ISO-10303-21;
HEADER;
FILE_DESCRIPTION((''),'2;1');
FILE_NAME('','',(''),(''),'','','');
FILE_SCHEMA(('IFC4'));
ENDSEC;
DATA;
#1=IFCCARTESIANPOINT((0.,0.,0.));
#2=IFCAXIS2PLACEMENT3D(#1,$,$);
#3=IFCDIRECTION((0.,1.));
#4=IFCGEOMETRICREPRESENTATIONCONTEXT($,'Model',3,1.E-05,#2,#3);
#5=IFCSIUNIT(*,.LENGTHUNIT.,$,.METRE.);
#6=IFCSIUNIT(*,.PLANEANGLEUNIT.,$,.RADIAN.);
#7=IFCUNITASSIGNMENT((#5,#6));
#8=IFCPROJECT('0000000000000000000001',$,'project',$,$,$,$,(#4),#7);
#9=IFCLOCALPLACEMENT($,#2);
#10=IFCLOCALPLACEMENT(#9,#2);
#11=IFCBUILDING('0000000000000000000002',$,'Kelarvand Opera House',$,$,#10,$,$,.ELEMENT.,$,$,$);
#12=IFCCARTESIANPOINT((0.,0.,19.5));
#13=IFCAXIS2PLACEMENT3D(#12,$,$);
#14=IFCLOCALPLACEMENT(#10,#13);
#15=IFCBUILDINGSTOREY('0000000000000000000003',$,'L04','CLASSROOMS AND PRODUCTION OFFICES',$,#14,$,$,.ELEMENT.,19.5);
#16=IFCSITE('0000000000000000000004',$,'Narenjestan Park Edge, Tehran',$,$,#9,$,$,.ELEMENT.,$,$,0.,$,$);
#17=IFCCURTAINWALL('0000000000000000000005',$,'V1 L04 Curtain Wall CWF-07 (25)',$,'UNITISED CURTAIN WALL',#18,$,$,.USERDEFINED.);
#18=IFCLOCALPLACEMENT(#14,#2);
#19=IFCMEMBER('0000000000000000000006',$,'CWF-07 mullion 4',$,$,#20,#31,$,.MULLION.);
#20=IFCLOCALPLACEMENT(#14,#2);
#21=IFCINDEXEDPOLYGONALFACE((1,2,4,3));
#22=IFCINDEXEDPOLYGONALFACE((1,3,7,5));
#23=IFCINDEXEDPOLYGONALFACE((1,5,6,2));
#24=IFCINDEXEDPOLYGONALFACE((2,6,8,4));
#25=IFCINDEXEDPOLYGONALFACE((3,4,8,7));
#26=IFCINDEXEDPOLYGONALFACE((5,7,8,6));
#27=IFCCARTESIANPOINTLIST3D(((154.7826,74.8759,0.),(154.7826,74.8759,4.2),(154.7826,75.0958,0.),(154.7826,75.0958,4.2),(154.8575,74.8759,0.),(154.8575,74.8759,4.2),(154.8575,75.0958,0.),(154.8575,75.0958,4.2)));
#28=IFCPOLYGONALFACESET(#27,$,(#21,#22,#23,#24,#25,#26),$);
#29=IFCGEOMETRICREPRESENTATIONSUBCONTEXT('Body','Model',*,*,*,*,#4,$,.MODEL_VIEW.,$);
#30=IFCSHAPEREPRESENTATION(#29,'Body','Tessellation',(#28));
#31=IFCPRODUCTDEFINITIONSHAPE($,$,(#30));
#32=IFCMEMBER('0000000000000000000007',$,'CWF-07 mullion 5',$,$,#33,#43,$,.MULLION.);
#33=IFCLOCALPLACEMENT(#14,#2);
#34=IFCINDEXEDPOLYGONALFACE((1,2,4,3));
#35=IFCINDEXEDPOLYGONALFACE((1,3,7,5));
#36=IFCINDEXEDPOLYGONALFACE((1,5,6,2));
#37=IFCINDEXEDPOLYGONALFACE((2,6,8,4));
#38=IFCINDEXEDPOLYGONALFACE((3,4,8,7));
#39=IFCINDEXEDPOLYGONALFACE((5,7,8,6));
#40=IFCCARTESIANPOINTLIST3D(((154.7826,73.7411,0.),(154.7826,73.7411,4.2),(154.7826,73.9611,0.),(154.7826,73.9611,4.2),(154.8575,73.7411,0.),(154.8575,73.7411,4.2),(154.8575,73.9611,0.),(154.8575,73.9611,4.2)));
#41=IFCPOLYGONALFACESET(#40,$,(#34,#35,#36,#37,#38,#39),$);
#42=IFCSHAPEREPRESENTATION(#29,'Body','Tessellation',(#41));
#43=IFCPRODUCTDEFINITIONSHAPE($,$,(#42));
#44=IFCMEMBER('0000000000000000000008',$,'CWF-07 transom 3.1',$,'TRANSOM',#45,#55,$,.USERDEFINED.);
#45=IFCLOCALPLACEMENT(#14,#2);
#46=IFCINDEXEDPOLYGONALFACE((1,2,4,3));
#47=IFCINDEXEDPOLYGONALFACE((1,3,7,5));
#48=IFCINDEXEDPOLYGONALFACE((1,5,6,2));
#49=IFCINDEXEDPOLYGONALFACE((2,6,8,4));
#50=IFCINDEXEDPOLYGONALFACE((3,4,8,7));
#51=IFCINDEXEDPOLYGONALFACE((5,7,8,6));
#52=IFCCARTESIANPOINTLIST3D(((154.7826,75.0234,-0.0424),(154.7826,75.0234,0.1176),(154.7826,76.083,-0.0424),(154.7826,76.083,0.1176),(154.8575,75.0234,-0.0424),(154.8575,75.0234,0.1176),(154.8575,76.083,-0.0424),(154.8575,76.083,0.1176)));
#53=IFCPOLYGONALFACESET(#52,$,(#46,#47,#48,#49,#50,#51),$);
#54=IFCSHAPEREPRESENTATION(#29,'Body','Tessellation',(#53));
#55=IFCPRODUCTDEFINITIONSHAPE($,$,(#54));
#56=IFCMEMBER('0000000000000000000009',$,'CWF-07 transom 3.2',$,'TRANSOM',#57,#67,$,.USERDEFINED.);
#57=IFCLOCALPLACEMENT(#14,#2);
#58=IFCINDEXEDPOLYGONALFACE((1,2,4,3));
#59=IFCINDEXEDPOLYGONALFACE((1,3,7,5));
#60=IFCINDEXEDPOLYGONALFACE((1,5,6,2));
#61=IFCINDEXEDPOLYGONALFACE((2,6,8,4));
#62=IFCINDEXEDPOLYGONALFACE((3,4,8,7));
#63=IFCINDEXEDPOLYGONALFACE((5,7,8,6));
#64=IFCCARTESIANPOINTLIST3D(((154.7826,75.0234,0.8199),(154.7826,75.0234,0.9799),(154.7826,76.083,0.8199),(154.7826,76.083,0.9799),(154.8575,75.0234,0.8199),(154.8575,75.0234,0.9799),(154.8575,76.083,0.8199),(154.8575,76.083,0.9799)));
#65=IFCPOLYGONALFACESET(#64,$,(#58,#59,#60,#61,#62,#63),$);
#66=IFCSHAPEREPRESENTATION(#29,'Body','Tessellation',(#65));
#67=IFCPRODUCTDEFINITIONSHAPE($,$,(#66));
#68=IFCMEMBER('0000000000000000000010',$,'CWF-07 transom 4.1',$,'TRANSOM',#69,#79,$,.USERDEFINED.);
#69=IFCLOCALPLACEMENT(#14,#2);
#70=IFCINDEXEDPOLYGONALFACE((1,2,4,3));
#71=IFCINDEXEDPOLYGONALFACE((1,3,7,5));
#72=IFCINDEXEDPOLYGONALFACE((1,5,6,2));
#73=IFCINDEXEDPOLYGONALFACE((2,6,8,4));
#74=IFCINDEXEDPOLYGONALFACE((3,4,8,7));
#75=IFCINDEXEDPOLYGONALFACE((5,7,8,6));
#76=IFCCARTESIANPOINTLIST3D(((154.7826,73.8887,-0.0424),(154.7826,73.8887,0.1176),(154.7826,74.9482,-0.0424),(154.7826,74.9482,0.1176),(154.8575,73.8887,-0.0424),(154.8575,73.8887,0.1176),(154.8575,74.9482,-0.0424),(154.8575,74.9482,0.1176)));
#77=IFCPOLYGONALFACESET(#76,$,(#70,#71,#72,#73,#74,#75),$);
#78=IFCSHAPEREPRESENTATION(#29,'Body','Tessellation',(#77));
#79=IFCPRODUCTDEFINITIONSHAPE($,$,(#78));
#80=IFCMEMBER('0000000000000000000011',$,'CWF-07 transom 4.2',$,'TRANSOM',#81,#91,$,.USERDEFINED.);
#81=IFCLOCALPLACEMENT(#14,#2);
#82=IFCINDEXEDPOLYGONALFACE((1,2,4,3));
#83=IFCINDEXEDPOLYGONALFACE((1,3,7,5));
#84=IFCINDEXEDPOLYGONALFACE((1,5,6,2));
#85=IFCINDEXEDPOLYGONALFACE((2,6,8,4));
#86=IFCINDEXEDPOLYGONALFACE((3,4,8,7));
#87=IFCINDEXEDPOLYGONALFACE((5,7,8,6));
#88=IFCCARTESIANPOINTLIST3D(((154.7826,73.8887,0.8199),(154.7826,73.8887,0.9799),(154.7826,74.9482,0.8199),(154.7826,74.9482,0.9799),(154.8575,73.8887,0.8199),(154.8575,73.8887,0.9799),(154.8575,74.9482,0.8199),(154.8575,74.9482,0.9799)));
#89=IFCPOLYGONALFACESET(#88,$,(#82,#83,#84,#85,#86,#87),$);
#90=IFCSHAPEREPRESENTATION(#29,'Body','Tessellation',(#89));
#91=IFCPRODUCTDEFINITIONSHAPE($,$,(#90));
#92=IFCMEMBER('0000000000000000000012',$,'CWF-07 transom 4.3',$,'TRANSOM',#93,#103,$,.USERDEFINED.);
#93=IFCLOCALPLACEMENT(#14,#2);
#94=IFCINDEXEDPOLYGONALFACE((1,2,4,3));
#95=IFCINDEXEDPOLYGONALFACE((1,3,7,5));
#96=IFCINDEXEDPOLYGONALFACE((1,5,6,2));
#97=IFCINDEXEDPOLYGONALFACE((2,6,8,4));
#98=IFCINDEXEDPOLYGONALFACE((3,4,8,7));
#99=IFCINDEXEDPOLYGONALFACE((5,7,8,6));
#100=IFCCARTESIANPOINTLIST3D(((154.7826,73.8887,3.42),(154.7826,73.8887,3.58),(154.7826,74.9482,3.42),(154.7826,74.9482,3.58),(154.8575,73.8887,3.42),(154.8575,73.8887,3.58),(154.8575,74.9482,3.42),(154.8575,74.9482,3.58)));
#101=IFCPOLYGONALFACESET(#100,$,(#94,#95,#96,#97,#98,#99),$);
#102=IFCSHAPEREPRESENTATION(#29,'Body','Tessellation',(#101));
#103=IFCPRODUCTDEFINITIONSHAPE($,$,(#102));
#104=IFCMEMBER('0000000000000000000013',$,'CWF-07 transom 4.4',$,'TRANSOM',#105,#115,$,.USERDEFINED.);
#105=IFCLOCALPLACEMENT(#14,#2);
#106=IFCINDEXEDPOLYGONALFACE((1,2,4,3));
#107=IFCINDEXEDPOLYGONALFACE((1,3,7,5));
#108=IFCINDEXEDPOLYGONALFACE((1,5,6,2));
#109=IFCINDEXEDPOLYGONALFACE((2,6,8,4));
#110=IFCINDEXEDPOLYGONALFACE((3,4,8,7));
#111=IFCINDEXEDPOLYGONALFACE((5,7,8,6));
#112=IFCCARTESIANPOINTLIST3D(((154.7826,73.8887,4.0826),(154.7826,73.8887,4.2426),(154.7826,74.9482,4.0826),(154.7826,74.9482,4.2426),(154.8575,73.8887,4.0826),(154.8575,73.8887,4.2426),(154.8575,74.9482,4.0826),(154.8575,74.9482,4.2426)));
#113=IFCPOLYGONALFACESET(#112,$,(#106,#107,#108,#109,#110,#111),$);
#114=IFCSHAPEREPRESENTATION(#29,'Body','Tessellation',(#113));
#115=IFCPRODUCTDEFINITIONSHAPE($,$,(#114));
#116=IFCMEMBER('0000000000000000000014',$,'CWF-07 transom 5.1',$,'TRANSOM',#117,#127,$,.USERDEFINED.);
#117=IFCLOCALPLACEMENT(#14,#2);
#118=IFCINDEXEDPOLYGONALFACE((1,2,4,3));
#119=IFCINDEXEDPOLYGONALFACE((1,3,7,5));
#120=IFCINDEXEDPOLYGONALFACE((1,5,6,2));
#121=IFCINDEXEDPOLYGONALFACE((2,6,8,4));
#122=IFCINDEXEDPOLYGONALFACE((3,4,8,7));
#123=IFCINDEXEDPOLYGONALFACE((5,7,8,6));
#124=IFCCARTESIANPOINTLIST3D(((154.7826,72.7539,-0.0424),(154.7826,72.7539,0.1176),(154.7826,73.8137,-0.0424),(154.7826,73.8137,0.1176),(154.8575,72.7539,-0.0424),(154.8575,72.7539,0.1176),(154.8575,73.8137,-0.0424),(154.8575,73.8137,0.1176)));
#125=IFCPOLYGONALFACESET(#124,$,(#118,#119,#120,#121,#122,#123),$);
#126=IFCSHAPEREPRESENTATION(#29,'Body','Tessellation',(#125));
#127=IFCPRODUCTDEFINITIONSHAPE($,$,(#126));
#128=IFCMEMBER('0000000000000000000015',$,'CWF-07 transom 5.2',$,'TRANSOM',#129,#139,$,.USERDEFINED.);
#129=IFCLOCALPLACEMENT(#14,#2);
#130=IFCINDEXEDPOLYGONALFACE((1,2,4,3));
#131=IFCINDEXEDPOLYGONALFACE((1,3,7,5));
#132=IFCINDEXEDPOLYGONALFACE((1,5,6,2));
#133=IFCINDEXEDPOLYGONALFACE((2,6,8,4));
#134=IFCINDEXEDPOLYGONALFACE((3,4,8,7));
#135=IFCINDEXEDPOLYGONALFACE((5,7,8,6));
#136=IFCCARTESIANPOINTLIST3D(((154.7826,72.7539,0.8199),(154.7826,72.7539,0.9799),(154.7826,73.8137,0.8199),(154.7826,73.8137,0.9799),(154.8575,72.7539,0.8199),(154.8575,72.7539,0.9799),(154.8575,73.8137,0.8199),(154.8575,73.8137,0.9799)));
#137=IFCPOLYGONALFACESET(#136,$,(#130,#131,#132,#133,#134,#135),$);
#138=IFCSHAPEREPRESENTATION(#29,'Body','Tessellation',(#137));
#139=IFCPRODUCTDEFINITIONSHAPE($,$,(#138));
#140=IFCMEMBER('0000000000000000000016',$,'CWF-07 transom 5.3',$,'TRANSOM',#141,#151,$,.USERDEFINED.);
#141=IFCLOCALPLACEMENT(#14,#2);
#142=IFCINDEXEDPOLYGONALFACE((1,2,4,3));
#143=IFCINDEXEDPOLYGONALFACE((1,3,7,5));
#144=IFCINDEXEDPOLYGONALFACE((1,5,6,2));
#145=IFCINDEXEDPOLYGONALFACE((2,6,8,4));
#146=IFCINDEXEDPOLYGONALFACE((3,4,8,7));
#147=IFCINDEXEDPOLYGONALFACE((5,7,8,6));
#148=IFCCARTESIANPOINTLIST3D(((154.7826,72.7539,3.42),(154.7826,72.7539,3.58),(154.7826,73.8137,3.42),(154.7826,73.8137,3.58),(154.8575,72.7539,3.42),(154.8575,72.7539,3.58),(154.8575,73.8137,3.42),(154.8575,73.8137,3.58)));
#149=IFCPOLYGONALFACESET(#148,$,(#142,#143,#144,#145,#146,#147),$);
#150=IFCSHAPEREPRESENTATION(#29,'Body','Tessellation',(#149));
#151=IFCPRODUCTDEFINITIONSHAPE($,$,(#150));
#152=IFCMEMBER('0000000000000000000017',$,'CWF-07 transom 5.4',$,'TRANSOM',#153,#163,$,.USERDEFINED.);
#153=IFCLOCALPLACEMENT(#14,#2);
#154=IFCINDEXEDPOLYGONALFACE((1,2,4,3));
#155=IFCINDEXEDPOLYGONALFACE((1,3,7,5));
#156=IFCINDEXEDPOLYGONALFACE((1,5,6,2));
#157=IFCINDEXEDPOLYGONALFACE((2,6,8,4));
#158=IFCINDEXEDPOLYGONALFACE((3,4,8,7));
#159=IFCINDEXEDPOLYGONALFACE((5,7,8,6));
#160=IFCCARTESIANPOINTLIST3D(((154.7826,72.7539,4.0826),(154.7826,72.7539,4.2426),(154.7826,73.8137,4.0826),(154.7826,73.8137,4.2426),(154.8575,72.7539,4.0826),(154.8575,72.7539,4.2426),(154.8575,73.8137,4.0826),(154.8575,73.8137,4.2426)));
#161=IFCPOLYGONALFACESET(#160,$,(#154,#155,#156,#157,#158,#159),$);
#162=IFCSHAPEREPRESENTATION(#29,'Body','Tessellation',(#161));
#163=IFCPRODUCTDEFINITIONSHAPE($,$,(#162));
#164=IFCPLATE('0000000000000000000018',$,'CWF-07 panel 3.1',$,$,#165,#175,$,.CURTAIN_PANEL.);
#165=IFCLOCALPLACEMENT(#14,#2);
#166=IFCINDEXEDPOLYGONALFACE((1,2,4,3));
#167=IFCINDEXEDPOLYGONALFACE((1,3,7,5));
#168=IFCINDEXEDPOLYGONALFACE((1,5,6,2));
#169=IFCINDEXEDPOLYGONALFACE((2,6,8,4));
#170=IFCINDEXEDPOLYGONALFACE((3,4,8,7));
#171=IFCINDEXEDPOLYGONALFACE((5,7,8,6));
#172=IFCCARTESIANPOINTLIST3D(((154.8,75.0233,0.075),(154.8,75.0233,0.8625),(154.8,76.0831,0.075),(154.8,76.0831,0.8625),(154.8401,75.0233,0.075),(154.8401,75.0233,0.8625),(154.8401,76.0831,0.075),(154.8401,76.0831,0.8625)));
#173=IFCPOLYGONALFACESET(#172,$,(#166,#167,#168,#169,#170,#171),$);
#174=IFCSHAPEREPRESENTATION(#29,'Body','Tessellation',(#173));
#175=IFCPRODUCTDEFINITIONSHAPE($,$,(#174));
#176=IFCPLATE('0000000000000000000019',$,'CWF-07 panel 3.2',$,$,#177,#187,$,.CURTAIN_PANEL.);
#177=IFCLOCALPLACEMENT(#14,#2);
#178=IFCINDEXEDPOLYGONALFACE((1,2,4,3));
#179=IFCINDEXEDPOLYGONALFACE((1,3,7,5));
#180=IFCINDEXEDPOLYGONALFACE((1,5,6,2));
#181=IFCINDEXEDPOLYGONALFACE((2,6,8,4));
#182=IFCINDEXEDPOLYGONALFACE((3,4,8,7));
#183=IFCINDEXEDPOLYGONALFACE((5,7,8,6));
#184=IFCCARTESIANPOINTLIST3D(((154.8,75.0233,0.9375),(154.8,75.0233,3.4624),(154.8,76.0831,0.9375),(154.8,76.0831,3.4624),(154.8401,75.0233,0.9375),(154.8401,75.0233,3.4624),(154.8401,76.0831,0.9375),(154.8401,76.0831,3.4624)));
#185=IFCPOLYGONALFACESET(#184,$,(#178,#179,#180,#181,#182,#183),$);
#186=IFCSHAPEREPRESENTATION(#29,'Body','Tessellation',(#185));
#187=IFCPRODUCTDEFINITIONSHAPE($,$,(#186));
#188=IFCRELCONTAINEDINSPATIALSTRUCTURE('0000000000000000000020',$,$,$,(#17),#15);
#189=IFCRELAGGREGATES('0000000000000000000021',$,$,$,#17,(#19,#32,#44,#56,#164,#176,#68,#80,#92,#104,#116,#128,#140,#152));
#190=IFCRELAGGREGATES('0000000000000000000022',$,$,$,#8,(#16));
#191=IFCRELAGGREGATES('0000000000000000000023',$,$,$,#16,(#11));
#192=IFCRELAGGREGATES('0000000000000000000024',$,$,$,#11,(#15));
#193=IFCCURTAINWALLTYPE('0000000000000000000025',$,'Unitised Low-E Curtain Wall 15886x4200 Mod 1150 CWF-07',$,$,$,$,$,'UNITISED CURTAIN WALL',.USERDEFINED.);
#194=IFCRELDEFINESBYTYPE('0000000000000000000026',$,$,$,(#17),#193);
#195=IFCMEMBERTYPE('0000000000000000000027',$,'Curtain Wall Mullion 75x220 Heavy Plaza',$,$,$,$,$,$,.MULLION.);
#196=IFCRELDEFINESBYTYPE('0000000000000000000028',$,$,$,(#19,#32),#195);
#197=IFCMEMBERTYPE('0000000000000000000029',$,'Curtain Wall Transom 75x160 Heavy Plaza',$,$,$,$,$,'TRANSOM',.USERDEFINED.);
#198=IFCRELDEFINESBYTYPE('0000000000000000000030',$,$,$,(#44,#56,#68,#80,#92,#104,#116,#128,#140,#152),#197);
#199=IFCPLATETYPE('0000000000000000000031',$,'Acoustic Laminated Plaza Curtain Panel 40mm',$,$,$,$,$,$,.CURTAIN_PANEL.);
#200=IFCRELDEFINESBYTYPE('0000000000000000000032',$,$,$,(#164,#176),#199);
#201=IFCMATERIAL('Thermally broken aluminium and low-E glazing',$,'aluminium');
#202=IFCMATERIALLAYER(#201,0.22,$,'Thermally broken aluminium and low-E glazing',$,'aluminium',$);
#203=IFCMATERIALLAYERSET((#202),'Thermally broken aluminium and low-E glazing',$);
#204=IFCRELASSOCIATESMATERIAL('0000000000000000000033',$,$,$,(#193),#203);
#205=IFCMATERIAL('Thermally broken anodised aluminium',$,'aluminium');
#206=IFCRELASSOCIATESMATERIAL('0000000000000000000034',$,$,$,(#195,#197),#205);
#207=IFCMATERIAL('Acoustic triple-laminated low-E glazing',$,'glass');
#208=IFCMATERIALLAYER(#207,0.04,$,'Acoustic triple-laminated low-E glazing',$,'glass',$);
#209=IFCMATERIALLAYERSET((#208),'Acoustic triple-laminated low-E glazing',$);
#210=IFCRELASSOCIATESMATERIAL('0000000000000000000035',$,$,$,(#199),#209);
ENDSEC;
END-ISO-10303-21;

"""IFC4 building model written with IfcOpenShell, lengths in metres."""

from ifc_helpers import new_model, si_unit, direction, frame, origin, origin_2d, place, context, subcontext, project, spatial, rectangle, extrude, material, layer, layer_set, material_profile, profile_set, type_object, element, aggregate, save


model = new_model("IFC4")

# Units and contexts
model_context = context("Model", 3, precision=1e-05, world=origin(), true_north=direction((0.0, 1.0)))
body_context = subcontext(model_context, "Body", "Model", "MODEL_VIEW")
ifc_project = project(units=[si_unit("LENGTHUNIT", "METRE"), si_unit("PLANEANGLEUNIT", "RADIAN")], contexts=[model_context])

# Site, building, storey
site_placement = place(None, origin())
site = spatial("IfcSite", under=ifc_project, at=site_placement, Name="Narenjestan Park Edge, Tehran", CompositionType="ELEMENT", RefElevation=0.0)
building_placement = place(site_placement, origin())
building = spatial("IfcBuilding", under=site, at=building_placement, Name="Kelarvand Opera House", CompositionType="ELEMENT")
storey_placement = place(building_placement, frame((0.0, 0.0, 19.5)))
storey = spatial("IfcBuildingStorey", under=building, at=storey_placement, Name="L04", Description="CLASSROOMS AND PRODUCTION OFFICES", CompositionType="ELEMENT", Elevation=19.5)

# Curtain wall, members, plates
ifc_material_1 = material(Name="Thermally broken aluminium and low-E glazing", Category="aluminium")
ifc_layer_1 = layer(ifc_material_1, 0.22, Name="Thermally broken aluminium and low-E glazing", Category="aluminium")
ifc_layer_set_1 = layer_set([ifc_layer_1], Name="Thermally broken aluminium and low-E glazing")
curtain_wall_type = type_object("IfcCurtainWallType", Name="Unitised Low-E Curtain Wall 15886x4200 Mod 1150 CWF-07", ElementType="UNITISED CURTAIN WALL", PredefinedType="USERDEFINED", material=ifc_layer_set_1)
curtain_wall_placement = place(storey_placement, origin())
curtain_wall = element("IfcCurtainWall", 1, at=curtain_wall_placement, inside=storey, type_object=curtain_wall_type, Name="V1 L04 Curtain Wall CWF-07 (25)", ObjectType="UNITISED CURTAIN WALL", PredefinedType="USERDEFINED")
ifc_material_2 = material(Name="Thermally broken anodised aluminium", Category="aluminium")
ifc_material_profile_1 = material_profile(ifc_material_2, rectangle(XDim=0.075, YDim=0.22, at=origin_2d()), Name="ALU MULLION 75x220", Category="aluminium")
ifc_profile_set_1 = profile_set([ifc_material_profile_1], Name="Thermally broken anodised aluminium")
member_type_1 = type_object("IfcMemberType", Name="Curtain Wall Mullion 75x220 Heavy Plaza", PredefinedType="MULLION", material=ifc_profile_set_1)
member_1_placement = place(storey_placement, frame((154.8201, 74.9858, 0.0), z_axis=(0.0, 0.0, 1.0), x_axis=(1.0, 0.0, 0.0)))
member_1 = element("IfcMember", 2, at=member_1_placement, type_object=member_type_1, Name="CWF-07 mullion 4", PredefinedType="MULLION", context=body_context, shape_type="SweptSolid", body=[
    extrude(rectangle(XDim=0.075, YDim=0.22, at=origin_2d()), origin(), (0.0, 0.0, 1.0), 4.2),
])
member_2_placement = place(storey_placement, frame((154.8201, 73.8511, 0.0), z_axis=(0.0, 0.0, 1.0), x_axis=(1.0, 0.0, 0.0)))
member_2 = element("IfcMember", 3, at=member_2_placement, type_object=member_type_1, Name="CWF-07 mullion 5", PredefinedType="MULLION", context=body_context, shape_type="SweptSolid", body=[
    extrude(rectangle(XDim=0.075, YDim=0.22, at=origin_2d()), origin(), (0.0, 0.0, 1.0), 4.2),
])
ifc_material_profile_2 = material_profile(ifc_material_2, rectangle(XDim=0.075, YDim=0.1599, at=origin_2d()), Name="ALU TRANSOM 75x160", Category="aluminium")
ifc_profile_set_2 = profile_set([ifc_material_profile_2], Name="Thermally broken anodised aluminium")
member_type_2 = type_object("IfcMemberType", Name="Curtain Wall Transom 75x160 Heavy Plaza", ElementType="TRANSOM", PredefinedType="USERDEFINED", material=ifc_profile_set_2)
member_3_placement = place(storey_placement, frame((154.8201, 76.083, 0.0376), z_axis=(0.0, -1.0, 0.0), x_axis=(1.0, 0.0, 0.0)))
member_3 = element("IfcMember", 4, at=member_3_placement, type_object=member_type_2, Name="CWF-07 transom 3.1", ObjectType="TRANSOM", PredefinedType="USERDEFINED", context=body_context, shape_type="SweptSolid", body=[
    extrude(rectangle(XDim=0.075, YDim=0.1599, at=origin_2d()), origin(), (0.0, 0.0, 1.0), 1.0596),
])
member_4_placement = place(storey_placement, frame((154.8201, 76.083, 0.8999), z_axis=(0.0, -1.0, 0.0), x_axis=(1.0, 0.0, 0.0)))
member_4 = element("IfcMember", 5, at=member_4_placement, type_object=member_type_2, Name="CWF-07 transom 3.2", ObjectType="TRANSOM", PredefinedType="USERDEFINED", context=body_context, shape_type="SweptSolid", body=[
    extrude(rectangle(XDim=0.075, YDim=0.1599, at=origin_2d()), origin(), (0.0, 0.0, 1.0), 1.0596),
])
member_5_placement = place(storey_placement, frame((154.8201, 74.9482, 0.0376), z_axis=(0.0, -1.0, 0.0), x_axis=(1.0, 0.0, 0.0)))
member_5 = element("IfcMember", 6, at=member_5_placement, type_object=member_type_2, Name="CWF-07 transom 4.1", ObjectType="TRANSOM", PredefinedType="USERDEFINED", context=body_context, shape_type="SweptSolid", body=[
    extrude(rectangle(XDim=0.075, YDim=0.1599, at=origin_2d()), origin(), (0.0, 0.0, 1.0), 1.0596),
])
member_6_placement = place(storey_placement, frame((154.8201, 74.9482, 0.8999), z_axis=(0.0, -1.0, 0.0), x_axis=(1.0, 0.0, 0.0)))
member_6 = element("IfcMember", 7, at=member_6_placement, type_object=member_type_2, Name="CWF-07 transom 4.2", ObjectType="TRANSOM", PredefinedType="USERDEFINED", context=body_context, shape_type="SweptSolid", body=[
    extrude(rectangle(XDim=0.075, YDim=0.1599, at=origin_2d()), origin(), (0.0, 0.0, 1.0), 1.0596),
])
member_7_placement = place(storey_placement, frame((154.8201, 74.9482, 3.5), z_axis=(0.0, -1.0, 0.0), x_axis=(1.0, 0.0, 0.0)))
member_7 = element("IfcMember", 8, at=member_7_placement, type_object=member_type_2, Name="CWF-07 transom 4.3", ObjectType="TRANSOM", PredefinedType="USERDEFINED", context=body_context, shape_type="SweptSolid", body=[
    extrude(rectangle(XDim=0.075, YDim=0.1599, at=origin_2d()), origin(), (0.0, 0.0, 1.0), 1.0596),
])
member_8_placement = place(storey_placement, frame((154.8201, 74.9482, 4.1626), z_axis=(0.0, -1.0, 0.0), x_axis=(1.0, 0.0, 0.0)))
member_8 = element("IfcMember", 9, at=member_8_placement, type_object=member_type_2, Name="CWF-07 transom 4.4", ObjectType="TRANSOM", PredefinedType="USERDEFINED", context=body_context, shape_type="SweptSolid", body=[
    extrude(rectangle(XDim=0.075, YDim=0.1599, at=origin_2d()), origin(), (0.0, 0.0, 1.0), 1.0596),
])
member_9_placement = place(storey_placement, frame((154.8201, 73.8137, 0.0376), z_axis=(0.0, -1.0, 0.0), x_axis=(1.0, 0.0, 0.0)))
member_9 = element("IfcMember", 10, at=member_9_placement, type_object=member_type_2, Name="CWF-07 transom 5.1", ObjectType="TRANSOM", PredefinedType="USERDEFINED", context=body_context, shape_type="SweptSolid", body=[
    extrude(rectangle(XDim=0.075, YDim=0.1599, at=origin_2d()), origin(), (0.0, 0.0, 1.0), 1.0598),
])
member_10_placement = place(storey_placement, frame((154.8201, 73.8137, 0.8999), z_axis=(0.0, -1.0, 0.0), x_axis=(1.0, 0.0, 0.0)))
member_10 = element("IfcMember", 11, at=member_10_placement, type_object=member_type_2, Name="CWF-07 transom 5.2", ObjectType="TRANSOM", PredefinedType="USERDEFINED", context=body_context, shape_type="SweptSolid", body=[
    extrude(rectangle(XDim=0.075, YDim=0.1599, at=origin_2d()), origin(), (0.0, 0.0, 1.0), 1.0598),
])
member_11_placement = place(storey_placement, frame((154.8201, 73.8137, 3.5), z_axis=(0.0, -1.0, 0.0), x_axis=(1.0, 0.0, 0.0)))
member_11 = element("IfcMember", 12, at=member_11_placement, type_object=member_type_2, Name="CWF-07 transom 5.3", ObjectType="TRANSOM", PredefinedType="USERDEFINED", context=body_context, shape_type="SweptSolid", body=[
    extrude(rectangle(XDim=0.075, YDim=0.1599, at=origin_2d()), origin(), (0.0, 0.0, 1.0), 1.0598),
])
member_12_placement = place(storey_placement, frame((154.8201, 73.8137, 4.1626), z_axis=(0.0, -1.0, 0.0), x_axis=(1.0, 0.0, 0.0)))
member_12 = element("IfcMember", 13, at=member_12_placement, type_object=member_type_2, Name="CWF-07 transom 5.4", ObjectType="TRANSOM", PredefinedType="USERDEFINED", context=body_context, shape_type="SweptSolid", body=[
    extrude(rectangle(XDim=0.075, YDim=0.1599, at=origin_2d()), origin(), (0.0, 0.0, 1.0), 1.0598),
])
ifc_material_3 = material(Name="Acoustic triple-laminated low-E glazing", Category="glass")
ifc_layer_2 = layer(ifc_material_3, 0.04, Name="Acoustic triple-laminated low-E glazing", Category="glass")
ifc_layer_set_2 = layer_set([ifc_layer_2], Name="Acoustic triple-laminated low-E glazing")
plate_type = type_object("IfcPlateType", Name="Acoustic Laminated Plaza Curtain Panel 40mm", PredefinedType="CURTAIN_PANEL", material=ifc_layer_set_2)
plate_1_placement = place(storey_placement, frame((154.8201, 75.5532, 0.075), z_axis=(0.0, 0.0, 1.0), x_axis=(0.0, -1.0, 0.0)))
plate_1 = element("IfcPlate", 14, at=plate_1_placement, type_object=plate_type, Name="CWF-07 panel 3.1", PredefinedType="CURTAIN_PANEL", context=body_context, shape_type="SweptSolid", body=[
    extrude(rectangle(XDim=1.0598, YDim=0.04, at=origin_2d()), origin(), (0.0, 0.0, 1.0), 0.7876),
])
plate_2_placement = place(storey_placement, frame((154.8201, 75.5532, 0.9375), z_axis=(0.0, 0.0, 1.0), x_axis=(0.0, -1.0, 0.0)))
plate_2 = element("IfcPlate", 15, at=plate_2_placement, type_object=plate_type, Name="CWF-07 panel 3.2", PredefinedType="CURTAIN_PANEL", context=body_context, shape_type="SweptSolid", body=[
    extrude(rectangle(XDim=1.0598, YDim=0.04, at=origin_2d()), origin(), (0.0, 0.0, 1.0), 2.5249),
])
aggregate(curtain_wall, [member_1, member_2, member_3, member_4, plate_1, plate_2, member_5, member_6, member_7, member_8, member_9, member_10, member_11, member_12])

save(model, "model.ifc")
